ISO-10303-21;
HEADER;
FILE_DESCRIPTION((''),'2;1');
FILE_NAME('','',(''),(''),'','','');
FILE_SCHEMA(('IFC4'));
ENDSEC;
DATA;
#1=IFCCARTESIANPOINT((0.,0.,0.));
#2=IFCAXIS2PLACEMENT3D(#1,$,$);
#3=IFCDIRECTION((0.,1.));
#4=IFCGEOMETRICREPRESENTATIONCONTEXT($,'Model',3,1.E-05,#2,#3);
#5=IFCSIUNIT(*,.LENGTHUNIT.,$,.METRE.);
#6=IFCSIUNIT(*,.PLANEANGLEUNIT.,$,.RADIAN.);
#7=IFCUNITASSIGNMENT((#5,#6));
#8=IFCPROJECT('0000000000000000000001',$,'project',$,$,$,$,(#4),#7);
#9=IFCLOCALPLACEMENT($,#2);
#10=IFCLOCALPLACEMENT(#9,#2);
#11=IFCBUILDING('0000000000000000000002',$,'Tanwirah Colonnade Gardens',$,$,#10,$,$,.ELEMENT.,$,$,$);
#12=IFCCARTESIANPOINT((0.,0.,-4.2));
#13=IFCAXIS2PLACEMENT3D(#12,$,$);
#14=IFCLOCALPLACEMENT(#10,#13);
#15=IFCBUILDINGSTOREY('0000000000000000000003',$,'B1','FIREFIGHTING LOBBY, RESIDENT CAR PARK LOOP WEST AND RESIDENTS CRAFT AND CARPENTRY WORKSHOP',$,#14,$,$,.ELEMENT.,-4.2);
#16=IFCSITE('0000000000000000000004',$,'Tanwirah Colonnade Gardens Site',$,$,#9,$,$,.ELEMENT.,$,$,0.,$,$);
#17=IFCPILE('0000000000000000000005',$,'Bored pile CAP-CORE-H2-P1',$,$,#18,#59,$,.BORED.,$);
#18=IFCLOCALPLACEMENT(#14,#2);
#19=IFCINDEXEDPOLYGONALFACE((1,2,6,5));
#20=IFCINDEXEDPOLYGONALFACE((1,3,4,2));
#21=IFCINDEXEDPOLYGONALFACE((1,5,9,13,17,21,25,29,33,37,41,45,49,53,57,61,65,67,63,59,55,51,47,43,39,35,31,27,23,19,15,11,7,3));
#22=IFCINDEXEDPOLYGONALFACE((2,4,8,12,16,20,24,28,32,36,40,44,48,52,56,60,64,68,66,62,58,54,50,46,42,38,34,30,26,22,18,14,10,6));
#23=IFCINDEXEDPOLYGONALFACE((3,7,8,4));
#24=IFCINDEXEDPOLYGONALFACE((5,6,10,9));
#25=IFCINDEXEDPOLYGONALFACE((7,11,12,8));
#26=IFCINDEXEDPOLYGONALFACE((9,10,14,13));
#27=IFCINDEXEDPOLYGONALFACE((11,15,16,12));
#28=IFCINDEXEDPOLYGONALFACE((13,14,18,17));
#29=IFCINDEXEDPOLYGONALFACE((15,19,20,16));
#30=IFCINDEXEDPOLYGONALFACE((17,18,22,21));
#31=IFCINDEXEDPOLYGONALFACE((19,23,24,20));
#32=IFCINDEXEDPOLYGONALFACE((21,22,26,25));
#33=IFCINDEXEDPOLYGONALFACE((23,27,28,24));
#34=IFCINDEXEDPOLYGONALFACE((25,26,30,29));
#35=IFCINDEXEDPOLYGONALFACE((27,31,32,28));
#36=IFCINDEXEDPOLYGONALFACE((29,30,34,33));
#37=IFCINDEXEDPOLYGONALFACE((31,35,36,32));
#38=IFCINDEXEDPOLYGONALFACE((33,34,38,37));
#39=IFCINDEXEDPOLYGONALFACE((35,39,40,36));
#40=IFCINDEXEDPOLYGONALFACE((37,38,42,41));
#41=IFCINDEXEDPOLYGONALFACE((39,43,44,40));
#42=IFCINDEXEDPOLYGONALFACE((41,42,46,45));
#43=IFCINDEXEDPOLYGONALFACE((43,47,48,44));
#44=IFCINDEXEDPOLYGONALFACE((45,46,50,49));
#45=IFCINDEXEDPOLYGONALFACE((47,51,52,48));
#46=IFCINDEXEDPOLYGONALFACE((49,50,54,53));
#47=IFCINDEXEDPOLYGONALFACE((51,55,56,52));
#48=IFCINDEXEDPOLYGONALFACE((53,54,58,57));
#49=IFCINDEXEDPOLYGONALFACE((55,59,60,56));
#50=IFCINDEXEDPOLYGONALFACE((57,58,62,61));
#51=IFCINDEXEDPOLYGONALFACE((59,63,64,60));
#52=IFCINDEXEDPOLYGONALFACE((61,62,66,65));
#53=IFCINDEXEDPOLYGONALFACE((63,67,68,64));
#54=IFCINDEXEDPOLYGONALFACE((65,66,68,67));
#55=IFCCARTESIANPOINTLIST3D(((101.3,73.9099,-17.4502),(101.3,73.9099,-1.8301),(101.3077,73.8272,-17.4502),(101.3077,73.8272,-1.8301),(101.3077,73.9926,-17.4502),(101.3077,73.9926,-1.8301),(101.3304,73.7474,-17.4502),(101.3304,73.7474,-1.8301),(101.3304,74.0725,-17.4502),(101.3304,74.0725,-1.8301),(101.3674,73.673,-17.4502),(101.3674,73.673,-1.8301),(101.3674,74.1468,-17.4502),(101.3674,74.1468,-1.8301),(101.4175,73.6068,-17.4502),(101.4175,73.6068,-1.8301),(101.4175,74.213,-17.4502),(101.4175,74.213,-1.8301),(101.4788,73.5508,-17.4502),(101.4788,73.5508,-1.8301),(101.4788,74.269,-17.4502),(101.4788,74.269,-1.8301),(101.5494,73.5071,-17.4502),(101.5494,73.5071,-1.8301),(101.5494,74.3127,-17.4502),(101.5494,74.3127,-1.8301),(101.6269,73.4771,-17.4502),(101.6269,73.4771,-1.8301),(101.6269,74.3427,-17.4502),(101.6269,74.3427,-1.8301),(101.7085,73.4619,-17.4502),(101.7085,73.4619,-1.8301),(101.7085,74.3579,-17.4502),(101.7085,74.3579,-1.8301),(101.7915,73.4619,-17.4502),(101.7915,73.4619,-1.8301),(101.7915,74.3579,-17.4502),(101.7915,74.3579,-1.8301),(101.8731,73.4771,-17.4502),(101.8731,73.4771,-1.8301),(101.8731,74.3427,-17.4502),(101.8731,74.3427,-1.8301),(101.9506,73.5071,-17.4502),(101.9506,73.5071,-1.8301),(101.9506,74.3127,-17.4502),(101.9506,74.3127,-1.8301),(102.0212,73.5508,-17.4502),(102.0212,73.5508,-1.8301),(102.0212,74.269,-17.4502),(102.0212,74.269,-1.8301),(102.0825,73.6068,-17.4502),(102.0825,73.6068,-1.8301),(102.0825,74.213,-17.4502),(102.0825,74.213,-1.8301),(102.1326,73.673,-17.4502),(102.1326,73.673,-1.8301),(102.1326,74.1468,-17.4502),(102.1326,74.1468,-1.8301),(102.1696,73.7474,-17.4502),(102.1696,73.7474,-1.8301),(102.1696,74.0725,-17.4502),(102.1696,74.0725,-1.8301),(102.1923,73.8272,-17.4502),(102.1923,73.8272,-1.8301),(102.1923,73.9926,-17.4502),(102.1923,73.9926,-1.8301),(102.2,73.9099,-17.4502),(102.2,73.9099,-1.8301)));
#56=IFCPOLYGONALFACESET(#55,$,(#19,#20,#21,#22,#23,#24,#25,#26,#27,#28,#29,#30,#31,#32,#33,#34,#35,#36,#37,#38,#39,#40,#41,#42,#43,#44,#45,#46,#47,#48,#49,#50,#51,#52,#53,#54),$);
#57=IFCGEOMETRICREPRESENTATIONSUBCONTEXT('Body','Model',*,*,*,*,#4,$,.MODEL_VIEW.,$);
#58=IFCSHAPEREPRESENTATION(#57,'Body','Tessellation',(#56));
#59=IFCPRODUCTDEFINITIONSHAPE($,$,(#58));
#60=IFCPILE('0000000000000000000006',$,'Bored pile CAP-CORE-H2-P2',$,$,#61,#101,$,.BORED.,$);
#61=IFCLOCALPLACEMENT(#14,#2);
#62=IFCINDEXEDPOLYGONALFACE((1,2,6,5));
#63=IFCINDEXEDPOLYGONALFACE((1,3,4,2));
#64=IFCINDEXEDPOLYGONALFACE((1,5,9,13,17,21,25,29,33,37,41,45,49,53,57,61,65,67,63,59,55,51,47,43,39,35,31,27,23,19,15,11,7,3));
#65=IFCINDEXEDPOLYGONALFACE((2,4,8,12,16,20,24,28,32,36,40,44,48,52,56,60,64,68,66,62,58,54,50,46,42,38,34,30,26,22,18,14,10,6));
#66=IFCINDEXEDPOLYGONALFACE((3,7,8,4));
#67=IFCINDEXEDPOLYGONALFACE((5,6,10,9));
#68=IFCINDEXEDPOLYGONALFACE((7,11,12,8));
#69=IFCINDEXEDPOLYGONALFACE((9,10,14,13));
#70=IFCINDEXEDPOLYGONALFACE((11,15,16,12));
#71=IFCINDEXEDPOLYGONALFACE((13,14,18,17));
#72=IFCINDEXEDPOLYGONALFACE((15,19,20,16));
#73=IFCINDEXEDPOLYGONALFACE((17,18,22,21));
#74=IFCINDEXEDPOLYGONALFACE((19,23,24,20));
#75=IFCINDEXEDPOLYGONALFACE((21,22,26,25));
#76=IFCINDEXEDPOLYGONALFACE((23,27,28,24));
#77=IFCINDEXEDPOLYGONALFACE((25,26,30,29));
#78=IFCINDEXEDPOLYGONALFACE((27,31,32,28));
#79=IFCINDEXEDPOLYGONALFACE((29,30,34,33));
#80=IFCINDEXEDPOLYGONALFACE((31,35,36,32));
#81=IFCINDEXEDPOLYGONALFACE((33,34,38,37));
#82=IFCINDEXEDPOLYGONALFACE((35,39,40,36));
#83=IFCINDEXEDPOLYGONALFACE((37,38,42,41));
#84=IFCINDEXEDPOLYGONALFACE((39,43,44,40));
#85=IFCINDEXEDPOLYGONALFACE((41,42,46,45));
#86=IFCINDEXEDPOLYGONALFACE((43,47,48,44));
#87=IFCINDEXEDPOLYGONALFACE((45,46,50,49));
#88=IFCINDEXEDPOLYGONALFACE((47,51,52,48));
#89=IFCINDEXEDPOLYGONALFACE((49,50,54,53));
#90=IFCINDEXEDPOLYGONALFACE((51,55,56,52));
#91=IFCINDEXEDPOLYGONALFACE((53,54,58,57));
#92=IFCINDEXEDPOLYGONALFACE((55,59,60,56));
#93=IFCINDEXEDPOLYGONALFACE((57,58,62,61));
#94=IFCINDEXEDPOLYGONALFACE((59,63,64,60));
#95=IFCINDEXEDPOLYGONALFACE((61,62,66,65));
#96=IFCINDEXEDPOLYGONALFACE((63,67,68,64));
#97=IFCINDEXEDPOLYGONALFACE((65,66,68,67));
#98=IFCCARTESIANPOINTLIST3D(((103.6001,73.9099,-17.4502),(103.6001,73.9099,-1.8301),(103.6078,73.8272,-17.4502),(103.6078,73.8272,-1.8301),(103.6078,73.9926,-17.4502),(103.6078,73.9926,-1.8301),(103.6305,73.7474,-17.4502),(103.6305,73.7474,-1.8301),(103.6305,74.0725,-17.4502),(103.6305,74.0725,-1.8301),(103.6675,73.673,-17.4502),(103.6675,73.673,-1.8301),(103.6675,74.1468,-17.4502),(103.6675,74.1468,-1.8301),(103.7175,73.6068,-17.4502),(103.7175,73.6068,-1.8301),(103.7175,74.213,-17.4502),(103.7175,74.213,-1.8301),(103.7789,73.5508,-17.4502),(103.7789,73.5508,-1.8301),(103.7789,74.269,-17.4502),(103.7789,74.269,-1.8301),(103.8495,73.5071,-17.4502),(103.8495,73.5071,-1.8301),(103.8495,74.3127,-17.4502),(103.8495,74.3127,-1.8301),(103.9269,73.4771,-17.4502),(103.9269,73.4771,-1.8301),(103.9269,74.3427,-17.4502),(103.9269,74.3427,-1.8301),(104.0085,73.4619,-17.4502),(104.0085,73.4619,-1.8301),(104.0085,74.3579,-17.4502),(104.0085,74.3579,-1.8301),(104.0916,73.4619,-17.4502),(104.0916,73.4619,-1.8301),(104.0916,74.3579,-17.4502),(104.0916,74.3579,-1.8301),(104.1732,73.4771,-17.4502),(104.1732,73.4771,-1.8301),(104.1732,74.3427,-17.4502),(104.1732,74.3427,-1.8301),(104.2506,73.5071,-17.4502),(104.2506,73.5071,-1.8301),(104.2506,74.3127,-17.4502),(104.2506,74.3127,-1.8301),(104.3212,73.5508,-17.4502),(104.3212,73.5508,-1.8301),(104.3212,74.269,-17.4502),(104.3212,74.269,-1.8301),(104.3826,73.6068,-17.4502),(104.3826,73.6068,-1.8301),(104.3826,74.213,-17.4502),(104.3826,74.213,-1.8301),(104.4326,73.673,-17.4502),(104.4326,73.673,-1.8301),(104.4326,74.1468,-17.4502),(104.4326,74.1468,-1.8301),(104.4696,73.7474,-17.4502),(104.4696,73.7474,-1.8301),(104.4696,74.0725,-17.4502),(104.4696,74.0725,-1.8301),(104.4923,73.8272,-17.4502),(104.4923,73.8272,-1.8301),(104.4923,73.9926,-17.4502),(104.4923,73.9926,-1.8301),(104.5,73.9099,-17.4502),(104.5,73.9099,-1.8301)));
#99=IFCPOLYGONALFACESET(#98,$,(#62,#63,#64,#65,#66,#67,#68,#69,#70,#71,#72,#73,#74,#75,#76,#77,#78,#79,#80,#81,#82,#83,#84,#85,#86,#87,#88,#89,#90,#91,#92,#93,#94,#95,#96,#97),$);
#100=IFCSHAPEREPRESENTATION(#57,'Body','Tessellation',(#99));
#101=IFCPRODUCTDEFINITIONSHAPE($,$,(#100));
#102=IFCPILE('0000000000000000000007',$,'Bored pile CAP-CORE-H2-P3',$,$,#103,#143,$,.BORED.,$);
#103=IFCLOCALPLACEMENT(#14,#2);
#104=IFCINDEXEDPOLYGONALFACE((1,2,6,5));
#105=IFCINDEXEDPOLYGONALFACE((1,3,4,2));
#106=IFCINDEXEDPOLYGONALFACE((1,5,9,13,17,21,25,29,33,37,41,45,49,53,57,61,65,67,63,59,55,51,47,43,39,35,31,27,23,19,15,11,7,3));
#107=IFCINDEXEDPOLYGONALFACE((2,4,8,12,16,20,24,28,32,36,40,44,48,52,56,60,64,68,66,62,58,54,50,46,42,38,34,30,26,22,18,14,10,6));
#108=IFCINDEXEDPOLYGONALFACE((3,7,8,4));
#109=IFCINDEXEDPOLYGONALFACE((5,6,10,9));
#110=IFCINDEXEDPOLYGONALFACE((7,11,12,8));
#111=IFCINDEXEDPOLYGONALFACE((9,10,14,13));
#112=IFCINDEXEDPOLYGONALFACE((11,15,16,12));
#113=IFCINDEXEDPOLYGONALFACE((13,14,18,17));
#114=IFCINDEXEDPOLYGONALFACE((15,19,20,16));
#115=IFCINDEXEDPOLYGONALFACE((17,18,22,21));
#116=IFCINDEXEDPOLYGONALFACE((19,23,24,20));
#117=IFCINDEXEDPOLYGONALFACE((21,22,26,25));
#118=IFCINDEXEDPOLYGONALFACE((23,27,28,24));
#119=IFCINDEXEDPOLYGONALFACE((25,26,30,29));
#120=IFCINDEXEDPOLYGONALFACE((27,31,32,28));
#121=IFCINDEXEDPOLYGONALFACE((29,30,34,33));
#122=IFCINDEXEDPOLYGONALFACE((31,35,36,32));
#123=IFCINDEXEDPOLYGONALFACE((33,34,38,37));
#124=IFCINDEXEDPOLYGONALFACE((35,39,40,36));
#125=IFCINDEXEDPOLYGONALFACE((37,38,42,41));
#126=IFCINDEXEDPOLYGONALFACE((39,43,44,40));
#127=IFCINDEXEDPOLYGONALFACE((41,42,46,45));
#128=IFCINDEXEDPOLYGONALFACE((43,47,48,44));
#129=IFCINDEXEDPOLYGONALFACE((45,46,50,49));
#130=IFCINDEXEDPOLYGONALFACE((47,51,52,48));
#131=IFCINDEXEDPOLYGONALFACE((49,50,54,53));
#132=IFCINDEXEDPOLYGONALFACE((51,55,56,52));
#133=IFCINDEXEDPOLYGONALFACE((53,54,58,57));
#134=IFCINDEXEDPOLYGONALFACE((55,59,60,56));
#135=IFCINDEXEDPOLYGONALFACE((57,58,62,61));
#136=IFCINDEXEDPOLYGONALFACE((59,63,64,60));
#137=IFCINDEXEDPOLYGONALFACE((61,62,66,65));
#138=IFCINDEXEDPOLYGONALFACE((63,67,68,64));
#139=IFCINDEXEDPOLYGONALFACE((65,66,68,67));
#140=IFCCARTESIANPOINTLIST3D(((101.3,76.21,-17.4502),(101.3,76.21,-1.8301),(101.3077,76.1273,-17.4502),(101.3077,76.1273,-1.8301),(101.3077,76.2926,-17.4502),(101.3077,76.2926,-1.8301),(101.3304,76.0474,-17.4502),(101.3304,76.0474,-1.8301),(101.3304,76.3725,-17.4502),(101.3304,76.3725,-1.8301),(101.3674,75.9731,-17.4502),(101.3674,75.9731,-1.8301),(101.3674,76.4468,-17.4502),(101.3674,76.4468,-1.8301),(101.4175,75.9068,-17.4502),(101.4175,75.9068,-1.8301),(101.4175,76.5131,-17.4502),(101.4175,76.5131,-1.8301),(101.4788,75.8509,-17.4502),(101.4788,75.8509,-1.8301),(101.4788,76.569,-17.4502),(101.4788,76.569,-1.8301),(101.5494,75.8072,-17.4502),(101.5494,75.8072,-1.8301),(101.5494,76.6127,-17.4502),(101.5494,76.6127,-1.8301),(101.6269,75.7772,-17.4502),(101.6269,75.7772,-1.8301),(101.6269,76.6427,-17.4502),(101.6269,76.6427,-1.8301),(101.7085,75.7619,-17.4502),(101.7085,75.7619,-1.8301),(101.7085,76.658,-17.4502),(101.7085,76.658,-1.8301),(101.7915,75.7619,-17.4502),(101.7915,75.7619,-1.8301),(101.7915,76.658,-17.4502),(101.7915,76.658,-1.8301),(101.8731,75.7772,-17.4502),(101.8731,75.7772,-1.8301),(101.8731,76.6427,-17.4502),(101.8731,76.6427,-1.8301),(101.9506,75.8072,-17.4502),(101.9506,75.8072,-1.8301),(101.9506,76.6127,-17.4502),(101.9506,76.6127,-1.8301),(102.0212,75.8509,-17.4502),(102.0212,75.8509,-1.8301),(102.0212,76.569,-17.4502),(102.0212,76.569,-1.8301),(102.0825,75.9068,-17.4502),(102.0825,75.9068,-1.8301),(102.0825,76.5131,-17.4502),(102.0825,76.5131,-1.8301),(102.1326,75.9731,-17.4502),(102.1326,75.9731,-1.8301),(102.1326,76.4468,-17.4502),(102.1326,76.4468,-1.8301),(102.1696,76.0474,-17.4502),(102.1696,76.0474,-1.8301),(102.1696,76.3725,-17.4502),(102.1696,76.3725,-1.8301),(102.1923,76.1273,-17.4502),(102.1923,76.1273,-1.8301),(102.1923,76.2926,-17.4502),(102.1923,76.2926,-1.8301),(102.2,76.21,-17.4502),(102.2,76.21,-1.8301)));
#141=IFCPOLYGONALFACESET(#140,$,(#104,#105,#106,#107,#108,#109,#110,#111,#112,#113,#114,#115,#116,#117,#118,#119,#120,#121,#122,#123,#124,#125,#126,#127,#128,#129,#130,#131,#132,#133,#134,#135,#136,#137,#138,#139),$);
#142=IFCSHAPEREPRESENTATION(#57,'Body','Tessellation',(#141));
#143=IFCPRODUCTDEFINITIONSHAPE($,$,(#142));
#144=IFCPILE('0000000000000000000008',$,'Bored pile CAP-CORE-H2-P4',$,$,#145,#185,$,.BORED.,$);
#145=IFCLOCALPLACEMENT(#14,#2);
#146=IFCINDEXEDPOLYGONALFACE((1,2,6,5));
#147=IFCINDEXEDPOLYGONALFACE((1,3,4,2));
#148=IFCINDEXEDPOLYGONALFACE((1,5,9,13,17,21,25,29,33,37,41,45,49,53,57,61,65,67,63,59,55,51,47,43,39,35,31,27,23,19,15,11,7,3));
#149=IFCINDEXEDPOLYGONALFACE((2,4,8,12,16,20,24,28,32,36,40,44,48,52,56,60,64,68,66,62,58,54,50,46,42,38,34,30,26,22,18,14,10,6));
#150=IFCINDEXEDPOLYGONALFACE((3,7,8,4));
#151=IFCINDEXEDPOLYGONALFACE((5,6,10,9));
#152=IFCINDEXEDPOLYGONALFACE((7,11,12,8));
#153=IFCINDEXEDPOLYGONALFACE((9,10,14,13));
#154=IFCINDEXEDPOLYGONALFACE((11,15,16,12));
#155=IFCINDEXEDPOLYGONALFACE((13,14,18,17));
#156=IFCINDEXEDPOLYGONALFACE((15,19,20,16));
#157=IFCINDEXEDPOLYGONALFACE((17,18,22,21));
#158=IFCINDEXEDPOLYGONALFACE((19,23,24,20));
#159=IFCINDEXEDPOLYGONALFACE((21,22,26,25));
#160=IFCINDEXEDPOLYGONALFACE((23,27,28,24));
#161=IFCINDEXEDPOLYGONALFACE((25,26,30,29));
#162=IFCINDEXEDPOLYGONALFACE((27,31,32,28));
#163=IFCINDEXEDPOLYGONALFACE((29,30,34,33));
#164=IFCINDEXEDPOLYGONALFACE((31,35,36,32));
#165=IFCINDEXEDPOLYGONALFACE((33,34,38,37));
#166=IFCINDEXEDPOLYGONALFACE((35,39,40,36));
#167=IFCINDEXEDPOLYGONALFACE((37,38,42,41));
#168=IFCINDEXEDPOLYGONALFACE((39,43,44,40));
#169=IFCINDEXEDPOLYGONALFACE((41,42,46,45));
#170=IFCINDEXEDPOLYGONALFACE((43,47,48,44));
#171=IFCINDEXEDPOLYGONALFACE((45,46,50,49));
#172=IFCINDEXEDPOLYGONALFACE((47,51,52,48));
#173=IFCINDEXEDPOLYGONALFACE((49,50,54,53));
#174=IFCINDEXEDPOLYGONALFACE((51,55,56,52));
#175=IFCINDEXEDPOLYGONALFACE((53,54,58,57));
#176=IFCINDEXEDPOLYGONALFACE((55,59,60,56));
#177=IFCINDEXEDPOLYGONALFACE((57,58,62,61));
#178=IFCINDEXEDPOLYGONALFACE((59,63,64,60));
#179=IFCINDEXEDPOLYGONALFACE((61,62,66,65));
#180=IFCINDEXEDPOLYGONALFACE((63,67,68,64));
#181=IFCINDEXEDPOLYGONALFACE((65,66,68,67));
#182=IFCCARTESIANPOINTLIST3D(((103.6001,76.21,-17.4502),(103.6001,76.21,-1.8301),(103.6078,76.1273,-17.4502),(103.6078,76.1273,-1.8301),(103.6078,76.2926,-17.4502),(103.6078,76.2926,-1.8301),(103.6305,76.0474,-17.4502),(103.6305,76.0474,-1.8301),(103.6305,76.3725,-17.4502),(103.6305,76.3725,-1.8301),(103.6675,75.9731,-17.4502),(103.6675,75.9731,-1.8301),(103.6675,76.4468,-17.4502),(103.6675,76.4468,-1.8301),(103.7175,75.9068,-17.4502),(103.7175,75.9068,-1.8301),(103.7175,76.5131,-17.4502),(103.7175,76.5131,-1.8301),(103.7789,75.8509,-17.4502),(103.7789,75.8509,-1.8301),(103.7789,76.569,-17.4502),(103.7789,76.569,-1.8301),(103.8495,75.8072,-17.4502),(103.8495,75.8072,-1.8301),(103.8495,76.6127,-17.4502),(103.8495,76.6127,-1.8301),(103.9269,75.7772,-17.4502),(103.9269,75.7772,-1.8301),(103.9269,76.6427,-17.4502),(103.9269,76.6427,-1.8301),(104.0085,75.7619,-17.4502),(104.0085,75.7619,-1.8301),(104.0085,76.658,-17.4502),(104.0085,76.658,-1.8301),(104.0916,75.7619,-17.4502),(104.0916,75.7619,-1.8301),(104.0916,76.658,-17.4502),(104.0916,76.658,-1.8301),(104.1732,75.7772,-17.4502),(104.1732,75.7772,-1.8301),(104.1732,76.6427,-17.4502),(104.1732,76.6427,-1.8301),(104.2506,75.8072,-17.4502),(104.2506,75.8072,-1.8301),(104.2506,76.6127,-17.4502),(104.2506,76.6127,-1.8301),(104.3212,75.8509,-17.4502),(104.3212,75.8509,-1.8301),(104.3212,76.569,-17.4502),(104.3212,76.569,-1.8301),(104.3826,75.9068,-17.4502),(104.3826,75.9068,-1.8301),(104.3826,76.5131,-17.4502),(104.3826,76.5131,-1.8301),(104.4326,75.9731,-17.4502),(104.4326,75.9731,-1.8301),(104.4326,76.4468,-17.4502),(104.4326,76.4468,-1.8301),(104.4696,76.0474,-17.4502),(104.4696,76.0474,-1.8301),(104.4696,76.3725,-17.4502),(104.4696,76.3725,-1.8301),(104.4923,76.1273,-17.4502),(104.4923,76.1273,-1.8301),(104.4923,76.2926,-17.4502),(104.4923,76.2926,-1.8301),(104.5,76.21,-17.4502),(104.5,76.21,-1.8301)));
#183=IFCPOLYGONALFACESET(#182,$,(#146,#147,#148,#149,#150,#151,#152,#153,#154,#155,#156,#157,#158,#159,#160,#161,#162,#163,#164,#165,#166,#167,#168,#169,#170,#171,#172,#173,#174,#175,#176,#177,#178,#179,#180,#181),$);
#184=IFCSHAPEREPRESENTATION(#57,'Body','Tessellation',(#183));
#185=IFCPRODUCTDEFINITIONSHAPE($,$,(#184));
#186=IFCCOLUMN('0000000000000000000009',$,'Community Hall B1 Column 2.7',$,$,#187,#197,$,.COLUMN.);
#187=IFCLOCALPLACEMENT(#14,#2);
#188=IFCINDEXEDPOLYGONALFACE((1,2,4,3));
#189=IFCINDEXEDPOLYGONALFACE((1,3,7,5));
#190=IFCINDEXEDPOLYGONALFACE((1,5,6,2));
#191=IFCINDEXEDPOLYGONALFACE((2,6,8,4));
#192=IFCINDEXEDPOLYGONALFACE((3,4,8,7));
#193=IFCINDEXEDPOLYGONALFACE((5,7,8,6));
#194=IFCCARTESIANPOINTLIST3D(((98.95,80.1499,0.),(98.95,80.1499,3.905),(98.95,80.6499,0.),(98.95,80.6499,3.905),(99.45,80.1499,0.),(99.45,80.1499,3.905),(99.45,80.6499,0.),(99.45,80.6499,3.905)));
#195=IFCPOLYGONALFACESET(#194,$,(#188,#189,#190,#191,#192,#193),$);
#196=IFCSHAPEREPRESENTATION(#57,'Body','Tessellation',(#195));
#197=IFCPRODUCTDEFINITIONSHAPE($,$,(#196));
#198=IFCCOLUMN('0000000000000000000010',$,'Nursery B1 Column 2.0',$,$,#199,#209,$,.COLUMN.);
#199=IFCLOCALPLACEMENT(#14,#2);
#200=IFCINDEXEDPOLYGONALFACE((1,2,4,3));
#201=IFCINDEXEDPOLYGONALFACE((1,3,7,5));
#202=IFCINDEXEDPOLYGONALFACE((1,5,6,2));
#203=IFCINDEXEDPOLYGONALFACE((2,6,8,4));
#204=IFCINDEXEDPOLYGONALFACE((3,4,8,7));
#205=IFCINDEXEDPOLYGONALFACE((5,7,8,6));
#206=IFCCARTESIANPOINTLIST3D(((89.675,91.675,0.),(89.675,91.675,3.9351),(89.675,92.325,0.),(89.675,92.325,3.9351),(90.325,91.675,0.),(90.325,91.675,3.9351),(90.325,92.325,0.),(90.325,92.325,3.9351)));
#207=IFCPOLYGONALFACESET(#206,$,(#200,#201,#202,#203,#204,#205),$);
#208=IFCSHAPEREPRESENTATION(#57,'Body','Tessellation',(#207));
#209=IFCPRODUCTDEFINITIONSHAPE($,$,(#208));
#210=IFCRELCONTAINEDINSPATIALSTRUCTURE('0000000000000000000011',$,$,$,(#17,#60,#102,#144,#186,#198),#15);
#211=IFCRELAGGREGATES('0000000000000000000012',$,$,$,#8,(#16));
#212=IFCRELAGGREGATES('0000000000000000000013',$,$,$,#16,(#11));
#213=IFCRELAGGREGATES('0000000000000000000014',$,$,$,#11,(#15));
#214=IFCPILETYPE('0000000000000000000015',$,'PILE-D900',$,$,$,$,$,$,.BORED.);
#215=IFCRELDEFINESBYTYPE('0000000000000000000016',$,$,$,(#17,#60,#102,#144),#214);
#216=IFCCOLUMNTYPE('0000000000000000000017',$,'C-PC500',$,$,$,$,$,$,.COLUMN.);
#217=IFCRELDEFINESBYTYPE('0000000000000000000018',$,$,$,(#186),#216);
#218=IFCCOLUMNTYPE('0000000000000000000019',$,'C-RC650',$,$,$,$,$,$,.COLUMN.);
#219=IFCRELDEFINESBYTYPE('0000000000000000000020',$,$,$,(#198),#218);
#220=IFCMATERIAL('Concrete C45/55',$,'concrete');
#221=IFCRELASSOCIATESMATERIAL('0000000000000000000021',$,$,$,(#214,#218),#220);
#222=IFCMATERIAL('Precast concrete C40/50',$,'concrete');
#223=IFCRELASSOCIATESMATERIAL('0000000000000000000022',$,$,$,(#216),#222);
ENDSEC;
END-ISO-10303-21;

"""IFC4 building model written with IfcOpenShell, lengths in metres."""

from ifc_helpers import new_model, si_unit, direction, frame, origin, origin_2d, place, context, subcontext, project, spatial, rectangle, circle, extrude, material, material_profile, profile_set, type_object, element, save


model = new_model("IFC4")

# Units and contexts
model_context = context("Model", 3, precision=1e-05, world=origin(), true_north=direction((0.0, 1.0)))
body_context = subcontext(model_context, "Body", "Model", "MODEL_VIEW")
ifc_project = project(units=[si_unit("LENGTHUNIT", "METRE"), si_unit("PLANEANGLEUNIT", "RADIAN")], contexts=[model_context])

# Site, building, storey
site_placement = place(None, origin())
site = spatial("IfcSite", under=ifc_project, at=site_placement, Name="Tanwirah Colonnade Gardens Site", CompositionType="ELEMENT", RefElevation=0.0)
building_placement = place(site_placement, origin())
building = spatial("IfcBuilding", under=site, at=building_placement, Name="Tanwirah Colonnade Gardens", CompositionType="ELEMENT")
storey_placement = place(building_placement, frame((0.0, 0.0, -4.2)))
storey = spatial("IfcBuildingStorey", under=building, at=storey_placement, Name="B1", Description="FIREFIGHTING LOBBY, RESIDENT CAR PARK LOOP WEST AND RESIDENTS CRAFT AND CARPENTRY WORKSHOP", CompositionType="ELEMENT", Elevation=-4.2)

# Shared definitions
ifc_material_1 = material(Name="Concrete C45/55", Category="concrete")

# Piles
ifc_material_profile_1 = material_profile(ifc_material_1, circle(Radius=0.45, at=origin_2d()), Name="PILE D900")
ifc_profile_set_1 = profile_set([ifc_material_profile_1], Name="Concrete C45/55")
pile_type_1 = type_object("IfcPileType", Name="PILE-D900", PredefinedType="BORED", material=ifc_profile_set_1)
for number, where, z_axis, x_axis, name in (
    (1, (101.75, 73.9099, -1.8301), (0.0, 0.0, -1.0), (1.0, 0.0, 0.0), "Bored pile CAP-CORE-H2-P1"),
    (2, (104.05, 73.9099, -1.8301), (0.0, 0.0, -1.0), (1.0, 0.0, 0.0), "Bored pile CAP-CORE-H2-P2"),
    (3, (101.75, 76.21, -1.8301), (0.0, 0.0, -1.0), (1.0, 0.0, 0.0), "Bored pile CAP-CORE-H2-P3"),
    (4, (104.05, 76.21, -1.8301), (0.0, 0.0, -1.0), (1.0, 0.0, 0.0), "Bored pile CAP-CORE-H2-P4"),
):
    element("IfcPile", number, at=place(storey_placement, frame(where, z_axis=z_axis, x_axis=x_axis)), inside=storey, type_object=pile_type_1, Name=name, PredefinedType="BORED", context=body_context, shape_type="SweptSolid", body=[
        extrude(circle(Radius=0.45, at=origin_2d()), origin(), (0.0, 0.0, 1.0), 15.6201),
    ])

# Columns
ifc_material_2 = material(Name="Precast concrete C40/50", Category="concrete")
ifc_material_profile_2 = material_profile(ifc_material_2, rectangle(XDim=0.5, YDim=0.5, at=origin_2d()), Name="PC-COL 500x500")
ifc_profile_set_2 = profile_set([ifc_material_profile_2], Name="Precast concrete C40/50")
column_type_1 = type_object("IfcColumnType", Name="C-PC500", PredefinedType="COLUMN", material=ifc_profile_set_2)
column_1_placement = place(storey_placement, frame((99.2, 80.3999, 0.0), z_axis=(0.0, 0.0, 1.0), x_axis=(1.0, 0.0, 0.0)))
element("IfcColumn", 5, at=column_1_placement, inside=storey, type_object=column_type_1, Name="Community Hall B1 Column 2.7", PredefinedType="COLUMN", context=body_context, shape_type="SweptSolid", body=[
    extrude(rectangle(XDim=0.5, YDim=0.5, at=origin_2d()), origin(), (0.0, 0.0, 1.0), 3.905),
])
ifc_material_profile_3 = material_profile(ifc_material_1, rectangle(XDim=0.6499, YDim=0.6499, at=origin_2d()), Name="RC-COL 650x650")
ifc_profile_set_3 = profile_set([ifc_material_profile_3], Name="Concrete C45/55")
column_type_2 = type_object("IfcColumnType", Name="C-RC650", PredefinedType="COLUMN", material=ifc_profile_set_3)
for number, where, z_axis, x_axis, name in (
    (6, (90.0, 92.0, 0.0), (0.0, 0.0, 1.0), (1.0, 0.0, 0.0), "Nursery B1 Column 2.0"),
):
    element("IfcColumn", number, at=place(storey_placement, frame(where, z_axis=z_axis, x_axis=x_axis)), inside=storey, type_object=column_type_2, Name=name, PredefinedType="COLUMN", context=body_context, shape_type="SweptSolid", body=[
        extrude(rectangle(XDim=0.6499, YDim=0.6499, at=origin_2d()), origin(), (0.0, 0.0, 1.0), 3.9351),
    ])

save(model, "model.ifc")
